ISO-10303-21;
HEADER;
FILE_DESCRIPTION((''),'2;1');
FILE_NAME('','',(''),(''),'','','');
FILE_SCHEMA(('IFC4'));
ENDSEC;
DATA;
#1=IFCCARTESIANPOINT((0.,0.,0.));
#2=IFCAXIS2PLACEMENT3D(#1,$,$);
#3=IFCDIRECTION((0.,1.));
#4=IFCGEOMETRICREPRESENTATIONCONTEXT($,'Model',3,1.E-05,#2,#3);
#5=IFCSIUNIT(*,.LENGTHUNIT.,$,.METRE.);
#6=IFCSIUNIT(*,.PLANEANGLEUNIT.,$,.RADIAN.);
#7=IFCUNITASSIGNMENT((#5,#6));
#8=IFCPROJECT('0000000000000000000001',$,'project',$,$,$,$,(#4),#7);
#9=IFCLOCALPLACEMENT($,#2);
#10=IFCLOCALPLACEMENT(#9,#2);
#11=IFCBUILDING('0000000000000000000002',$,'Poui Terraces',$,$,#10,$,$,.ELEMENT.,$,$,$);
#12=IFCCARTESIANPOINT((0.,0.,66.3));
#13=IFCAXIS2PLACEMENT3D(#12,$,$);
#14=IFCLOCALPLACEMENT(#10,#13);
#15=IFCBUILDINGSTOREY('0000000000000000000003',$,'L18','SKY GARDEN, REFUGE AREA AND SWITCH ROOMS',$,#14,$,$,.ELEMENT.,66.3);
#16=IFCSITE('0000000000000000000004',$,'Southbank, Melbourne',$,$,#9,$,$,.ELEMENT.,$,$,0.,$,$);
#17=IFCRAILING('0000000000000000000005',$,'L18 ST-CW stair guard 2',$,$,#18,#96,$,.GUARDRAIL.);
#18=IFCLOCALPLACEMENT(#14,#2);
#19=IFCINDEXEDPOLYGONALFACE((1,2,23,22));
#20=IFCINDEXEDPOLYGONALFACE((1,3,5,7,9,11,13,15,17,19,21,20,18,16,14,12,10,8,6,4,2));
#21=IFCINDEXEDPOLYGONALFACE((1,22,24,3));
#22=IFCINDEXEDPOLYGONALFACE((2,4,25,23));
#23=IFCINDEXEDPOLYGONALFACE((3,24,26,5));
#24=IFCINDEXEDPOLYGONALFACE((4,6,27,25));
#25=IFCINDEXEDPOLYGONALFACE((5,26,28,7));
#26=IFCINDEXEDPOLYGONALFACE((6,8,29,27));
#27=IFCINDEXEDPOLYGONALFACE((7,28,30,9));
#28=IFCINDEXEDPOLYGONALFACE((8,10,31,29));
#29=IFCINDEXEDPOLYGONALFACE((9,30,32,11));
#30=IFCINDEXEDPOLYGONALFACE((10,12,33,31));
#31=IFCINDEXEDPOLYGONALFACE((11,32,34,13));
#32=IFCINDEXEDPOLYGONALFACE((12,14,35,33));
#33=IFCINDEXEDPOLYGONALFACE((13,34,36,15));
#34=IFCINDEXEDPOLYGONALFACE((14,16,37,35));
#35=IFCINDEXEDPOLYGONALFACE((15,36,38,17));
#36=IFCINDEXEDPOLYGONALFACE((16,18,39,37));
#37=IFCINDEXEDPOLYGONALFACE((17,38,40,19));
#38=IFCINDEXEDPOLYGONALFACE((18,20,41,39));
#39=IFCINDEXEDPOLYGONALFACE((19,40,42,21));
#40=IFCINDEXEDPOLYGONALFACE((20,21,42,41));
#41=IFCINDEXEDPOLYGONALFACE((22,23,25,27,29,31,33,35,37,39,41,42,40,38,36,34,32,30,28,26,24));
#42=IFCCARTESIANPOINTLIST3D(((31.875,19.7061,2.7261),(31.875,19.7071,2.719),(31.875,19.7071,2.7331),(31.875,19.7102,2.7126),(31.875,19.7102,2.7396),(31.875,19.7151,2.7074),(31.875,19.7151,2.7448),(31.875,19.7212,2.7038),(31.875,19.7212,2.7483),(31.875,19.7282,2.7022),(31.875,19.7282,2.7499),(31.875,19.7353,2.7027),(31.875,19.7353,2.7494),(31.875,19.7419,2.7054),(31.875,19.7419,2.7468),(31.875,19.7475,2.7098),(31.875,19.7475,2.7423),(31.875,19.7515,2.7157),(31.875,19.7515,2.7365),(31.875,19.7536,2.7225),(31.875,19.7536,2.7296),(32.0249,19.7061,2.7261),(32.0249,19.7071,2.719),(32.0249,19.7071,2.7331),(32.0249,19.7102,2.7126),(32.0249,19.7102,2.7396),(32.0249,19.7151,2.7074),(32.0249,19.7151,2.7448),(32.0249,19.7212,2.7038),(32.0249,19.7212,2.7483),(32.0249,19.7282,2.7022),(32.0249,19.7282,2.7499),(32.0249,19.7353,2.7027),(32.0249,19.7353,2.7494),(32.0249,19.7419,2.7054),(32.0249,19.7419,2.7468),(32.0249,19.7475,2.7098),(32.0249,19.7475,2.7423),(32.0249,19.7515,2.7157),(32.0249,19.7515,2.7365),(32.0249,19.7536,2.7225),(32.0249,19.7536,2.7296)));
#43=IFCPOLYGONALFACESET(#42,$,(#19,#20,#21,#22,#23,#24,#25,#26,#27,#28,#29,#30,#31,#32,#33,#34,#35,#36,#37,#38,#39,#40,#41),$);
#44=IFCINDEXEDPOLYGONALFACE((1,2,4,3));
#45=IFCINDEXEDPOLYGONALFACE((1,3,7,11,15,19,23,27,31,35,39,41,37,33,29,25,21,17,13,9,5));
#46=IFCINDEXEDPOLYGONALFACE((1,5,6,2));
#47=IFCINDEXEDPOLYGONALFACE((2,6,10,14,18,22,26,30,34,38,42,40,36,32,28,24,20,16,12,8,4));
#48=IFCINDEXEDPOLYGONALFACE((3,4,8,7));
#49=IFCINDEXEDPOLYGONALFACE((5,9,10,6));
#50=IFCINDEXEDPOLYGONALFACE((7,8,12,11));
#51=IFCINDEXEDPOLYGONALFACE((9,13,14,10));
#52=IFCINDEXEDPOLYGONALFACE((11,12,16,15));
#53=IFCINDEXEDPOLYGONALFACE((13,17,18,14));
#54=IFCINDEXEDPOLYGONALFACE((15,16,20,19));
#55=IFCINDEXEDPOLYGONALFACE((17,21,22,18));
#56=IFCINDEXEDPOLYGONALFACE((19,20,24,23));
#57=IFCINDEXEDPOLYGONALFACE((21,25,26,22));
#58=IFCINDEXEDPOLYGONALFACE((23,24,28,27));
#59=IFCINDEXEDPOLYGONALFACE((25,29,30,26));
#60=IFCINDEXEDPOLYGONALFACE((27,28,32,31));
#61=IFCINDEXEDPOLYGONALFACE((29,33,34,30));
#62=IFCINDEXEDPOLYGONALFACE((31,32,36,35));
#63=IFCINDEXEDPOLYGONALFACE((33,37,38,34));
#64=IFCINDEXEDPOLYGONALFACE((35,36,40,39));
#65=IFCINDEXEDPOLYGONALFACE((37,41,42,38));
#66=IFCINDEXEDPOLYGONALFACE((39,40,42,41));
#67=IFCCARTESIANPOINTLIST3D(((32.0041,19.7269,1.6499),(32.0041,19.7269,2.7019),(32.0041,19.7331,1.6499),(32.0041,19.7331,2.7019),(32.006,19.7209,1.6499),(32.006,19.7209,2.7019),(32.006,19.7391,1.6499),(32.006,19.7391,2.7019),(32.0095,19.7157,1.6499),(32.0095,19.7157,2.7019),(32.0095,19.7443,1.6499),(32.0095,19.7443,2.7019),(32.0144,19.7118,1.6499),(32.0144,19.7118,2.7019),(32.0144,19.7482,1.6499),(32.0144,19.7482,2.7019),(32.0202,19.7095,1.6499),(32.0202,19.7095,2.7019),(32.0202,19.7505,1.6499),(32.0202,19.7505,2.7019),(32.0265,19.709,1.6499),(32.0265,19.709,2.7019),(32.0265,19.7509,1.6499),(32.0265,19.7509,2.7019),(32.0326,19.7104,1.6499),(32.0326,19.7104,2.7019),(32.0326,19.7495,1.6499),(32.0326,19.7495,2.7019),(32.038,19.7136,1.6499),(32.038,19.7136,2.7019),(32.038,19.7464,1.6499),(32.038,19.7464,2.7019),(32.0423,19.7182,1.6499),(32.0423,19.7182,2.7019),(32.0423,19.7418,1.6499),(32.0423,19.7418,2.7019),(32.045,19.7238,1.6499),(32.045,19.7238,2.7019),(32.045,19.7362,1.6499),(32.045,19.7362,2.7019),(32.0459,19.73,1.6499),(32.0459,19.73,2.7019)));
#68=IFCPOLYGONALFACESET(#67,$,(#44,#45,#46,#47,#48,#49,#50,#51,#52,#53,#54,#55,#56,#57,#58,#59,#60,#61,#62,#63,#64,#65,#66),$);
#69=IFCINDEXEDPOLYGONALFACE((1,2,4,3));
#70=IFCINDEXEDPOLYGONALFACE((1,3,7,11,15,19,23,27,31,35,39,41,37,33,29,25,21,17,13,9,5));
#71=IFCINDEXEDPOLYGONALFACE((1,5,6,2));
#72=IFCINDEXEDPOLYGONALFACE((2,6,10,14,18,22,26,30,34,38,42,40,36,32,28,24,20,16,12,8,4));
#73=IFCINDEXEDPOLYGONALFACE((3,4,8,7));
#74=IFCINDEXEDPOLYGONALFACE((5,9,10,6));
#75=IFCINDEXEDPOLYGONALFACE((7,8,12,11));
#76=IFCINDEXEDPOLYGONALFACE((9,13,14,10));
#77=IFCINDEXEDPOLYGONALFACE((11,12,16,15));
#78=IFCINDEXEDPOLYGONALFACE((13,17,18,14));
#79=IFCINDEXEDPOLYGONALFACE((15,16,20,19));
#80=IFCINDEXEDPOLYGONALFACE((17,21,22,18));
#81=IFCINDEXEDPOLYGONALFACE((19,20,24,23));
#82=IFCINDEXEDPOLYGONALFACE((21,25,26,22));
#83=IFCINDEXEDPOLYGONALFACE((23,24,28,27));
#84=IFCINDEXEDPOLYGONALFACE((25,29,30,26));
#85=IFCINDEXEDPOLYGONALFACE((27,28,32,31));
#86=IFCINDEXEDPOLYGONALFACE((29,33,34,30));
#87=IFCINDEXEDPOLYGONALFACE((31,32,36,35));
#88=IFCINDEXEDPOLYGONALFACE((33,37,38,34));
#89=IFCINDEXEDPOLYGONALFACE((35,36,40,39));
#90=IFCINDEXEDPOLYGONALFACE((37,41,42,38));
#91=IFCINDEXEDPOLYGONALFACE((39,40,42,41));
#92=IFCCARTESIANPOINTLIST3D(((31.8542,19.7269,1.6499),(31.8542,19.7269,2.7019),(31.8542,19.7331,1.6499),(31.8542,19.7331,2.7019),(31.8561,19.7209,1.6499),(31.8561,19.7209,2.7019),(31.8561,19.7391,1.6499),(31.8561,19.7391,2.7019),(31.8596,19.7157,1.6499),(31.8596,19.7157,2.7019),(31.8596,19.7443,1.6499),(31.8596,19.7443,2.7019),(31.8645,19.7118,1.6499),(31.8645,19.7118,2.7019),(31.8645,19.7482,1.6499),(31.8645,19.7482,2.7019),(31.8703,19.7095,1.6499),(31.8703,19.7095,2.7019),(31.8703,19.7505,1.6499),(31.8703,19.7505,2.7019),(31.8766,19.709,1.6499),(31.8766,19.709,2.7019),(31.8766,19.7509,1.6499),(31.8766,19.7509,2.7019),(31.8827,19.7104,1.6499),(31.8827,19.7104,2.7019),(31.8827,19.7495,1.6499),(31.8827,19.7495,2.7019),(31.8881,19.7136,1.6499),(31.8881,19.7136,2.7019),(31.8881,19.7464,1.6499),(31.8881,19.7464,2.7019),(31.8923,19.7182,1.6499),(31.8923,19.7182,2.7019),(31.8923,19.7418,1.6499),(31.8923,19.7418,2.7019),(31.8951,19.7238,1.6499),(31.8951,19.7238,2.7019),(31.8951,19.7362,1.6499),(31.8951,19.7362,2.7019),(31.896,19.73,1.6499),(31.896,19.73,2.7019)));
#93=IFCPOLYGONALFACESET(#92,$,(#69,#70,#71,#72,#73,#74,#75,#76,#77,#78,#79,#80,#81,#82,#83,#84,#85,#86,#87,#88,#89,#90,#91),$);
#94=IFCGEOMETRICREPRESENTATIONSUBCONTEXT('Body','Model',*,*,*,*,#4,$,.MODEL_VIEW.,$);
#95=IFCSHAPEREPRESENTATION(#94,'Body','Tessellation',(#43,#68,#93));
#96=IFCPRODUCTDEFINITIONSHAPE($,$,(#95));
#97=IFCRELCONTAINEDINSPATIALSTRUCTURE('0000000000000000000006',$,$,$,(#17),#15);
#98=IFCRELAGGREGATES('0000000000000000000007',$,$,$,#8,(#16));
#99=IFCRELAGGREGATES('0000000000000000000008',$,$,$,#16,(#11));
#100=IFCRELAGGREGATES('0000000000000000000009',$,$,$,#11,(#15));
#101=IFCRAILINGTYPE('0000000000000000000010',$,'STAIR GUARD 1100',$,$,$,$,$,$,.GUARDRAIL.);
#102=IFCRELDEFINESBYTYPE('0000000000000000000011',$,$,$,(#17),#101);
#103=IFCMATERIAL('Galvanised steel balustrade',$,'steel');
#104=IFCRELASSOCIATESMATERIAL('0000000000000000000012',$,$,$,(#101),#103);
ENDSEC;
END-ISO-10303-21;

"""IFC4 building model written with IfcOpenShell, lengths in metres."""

from ifc_helpers import new_model, si_unit, direction, frame, origin, origin_2d, place, context, subcontext, project, spatial, circle, extrude, material, type_object, element, save


model = new_model("IFC4")

# Units and contexts
model_context = context("Model", 3, precision=1e-05, world=origin(), true_north=direction((0.0, 1.0)))
body_context = subcontext(model_context, "Body", "Model", "MODEL_VIEW")
ifc_project = project(units=[si_unit("LENGTHUNIT", "METRE"), si_unit("PLANEANGLEUNIT", "RADIAN")], contexts=[model_context])

# Site, building, storey
site_placement = place(None, origin())
site = spatial("IfcSite", under=ifc_project, at=site_placement, Name="Southbank, Melbourne", CompositionType="ELEMENT", RefElevation=0.0)
building_placement = place(site_placement, origin())
building = spatial("IfcBuilding", under=site, at=building_placement, Name="Poui Terraces", CompositionType="ELEMENT")
storey_placement = place(building_placement, frame((0.0, 0.0, 66.3)))
storey = spatial("IfcBuildingStorey", under=building, at=storey_placement, Name="L18", Description="SKY GARDEN, REFUGE AREA AND SWITCH ROOMS", CompositionType="ELEMENT", Elevation=66.3)

# Railing
ifc_material_1 = material(Name="Galvanised steel balustrade", Category="steel")
railing_type_1 = type_object("IfcRailingType", Name="STAIR GUARD 1100", PredefinedType="GUARDRAIL", material=ifc_material_1)
railing_1_placement = place(storey_placement, frame((32.0249, 19.73, 1.6499)))
element("IfcRailing", 1, at=railing_1_placement, inside=storey, type_object=railing_type_1, Name="L18 ST-CW stair guard 2", PredefinedType="GUARDRAIL", context=body_context, shape_type="SweptSolid", body=[
    extrude(circle(Radius=0.0239, at=origin_2d()), frame((0.0, 0.0, 1.0762), z_axis=(-1.0, 0.0, 0.0), x_axis=(0.0, -1.0, 0.0)), (0.0, 0.0, 1.0), 0.1499),
    extrude(circle(Radius=0.021, at=origin_2d()), origin(), (0.0, 0.0, 1.0), 1.052),
    extrude(circle(Radius=0.021, at=origin_2d()), frame((-0.1499, 0.0, 0.0)), (0.0, 0.0, 1.0), 1.052),
])

save(model, "model.ifc")
